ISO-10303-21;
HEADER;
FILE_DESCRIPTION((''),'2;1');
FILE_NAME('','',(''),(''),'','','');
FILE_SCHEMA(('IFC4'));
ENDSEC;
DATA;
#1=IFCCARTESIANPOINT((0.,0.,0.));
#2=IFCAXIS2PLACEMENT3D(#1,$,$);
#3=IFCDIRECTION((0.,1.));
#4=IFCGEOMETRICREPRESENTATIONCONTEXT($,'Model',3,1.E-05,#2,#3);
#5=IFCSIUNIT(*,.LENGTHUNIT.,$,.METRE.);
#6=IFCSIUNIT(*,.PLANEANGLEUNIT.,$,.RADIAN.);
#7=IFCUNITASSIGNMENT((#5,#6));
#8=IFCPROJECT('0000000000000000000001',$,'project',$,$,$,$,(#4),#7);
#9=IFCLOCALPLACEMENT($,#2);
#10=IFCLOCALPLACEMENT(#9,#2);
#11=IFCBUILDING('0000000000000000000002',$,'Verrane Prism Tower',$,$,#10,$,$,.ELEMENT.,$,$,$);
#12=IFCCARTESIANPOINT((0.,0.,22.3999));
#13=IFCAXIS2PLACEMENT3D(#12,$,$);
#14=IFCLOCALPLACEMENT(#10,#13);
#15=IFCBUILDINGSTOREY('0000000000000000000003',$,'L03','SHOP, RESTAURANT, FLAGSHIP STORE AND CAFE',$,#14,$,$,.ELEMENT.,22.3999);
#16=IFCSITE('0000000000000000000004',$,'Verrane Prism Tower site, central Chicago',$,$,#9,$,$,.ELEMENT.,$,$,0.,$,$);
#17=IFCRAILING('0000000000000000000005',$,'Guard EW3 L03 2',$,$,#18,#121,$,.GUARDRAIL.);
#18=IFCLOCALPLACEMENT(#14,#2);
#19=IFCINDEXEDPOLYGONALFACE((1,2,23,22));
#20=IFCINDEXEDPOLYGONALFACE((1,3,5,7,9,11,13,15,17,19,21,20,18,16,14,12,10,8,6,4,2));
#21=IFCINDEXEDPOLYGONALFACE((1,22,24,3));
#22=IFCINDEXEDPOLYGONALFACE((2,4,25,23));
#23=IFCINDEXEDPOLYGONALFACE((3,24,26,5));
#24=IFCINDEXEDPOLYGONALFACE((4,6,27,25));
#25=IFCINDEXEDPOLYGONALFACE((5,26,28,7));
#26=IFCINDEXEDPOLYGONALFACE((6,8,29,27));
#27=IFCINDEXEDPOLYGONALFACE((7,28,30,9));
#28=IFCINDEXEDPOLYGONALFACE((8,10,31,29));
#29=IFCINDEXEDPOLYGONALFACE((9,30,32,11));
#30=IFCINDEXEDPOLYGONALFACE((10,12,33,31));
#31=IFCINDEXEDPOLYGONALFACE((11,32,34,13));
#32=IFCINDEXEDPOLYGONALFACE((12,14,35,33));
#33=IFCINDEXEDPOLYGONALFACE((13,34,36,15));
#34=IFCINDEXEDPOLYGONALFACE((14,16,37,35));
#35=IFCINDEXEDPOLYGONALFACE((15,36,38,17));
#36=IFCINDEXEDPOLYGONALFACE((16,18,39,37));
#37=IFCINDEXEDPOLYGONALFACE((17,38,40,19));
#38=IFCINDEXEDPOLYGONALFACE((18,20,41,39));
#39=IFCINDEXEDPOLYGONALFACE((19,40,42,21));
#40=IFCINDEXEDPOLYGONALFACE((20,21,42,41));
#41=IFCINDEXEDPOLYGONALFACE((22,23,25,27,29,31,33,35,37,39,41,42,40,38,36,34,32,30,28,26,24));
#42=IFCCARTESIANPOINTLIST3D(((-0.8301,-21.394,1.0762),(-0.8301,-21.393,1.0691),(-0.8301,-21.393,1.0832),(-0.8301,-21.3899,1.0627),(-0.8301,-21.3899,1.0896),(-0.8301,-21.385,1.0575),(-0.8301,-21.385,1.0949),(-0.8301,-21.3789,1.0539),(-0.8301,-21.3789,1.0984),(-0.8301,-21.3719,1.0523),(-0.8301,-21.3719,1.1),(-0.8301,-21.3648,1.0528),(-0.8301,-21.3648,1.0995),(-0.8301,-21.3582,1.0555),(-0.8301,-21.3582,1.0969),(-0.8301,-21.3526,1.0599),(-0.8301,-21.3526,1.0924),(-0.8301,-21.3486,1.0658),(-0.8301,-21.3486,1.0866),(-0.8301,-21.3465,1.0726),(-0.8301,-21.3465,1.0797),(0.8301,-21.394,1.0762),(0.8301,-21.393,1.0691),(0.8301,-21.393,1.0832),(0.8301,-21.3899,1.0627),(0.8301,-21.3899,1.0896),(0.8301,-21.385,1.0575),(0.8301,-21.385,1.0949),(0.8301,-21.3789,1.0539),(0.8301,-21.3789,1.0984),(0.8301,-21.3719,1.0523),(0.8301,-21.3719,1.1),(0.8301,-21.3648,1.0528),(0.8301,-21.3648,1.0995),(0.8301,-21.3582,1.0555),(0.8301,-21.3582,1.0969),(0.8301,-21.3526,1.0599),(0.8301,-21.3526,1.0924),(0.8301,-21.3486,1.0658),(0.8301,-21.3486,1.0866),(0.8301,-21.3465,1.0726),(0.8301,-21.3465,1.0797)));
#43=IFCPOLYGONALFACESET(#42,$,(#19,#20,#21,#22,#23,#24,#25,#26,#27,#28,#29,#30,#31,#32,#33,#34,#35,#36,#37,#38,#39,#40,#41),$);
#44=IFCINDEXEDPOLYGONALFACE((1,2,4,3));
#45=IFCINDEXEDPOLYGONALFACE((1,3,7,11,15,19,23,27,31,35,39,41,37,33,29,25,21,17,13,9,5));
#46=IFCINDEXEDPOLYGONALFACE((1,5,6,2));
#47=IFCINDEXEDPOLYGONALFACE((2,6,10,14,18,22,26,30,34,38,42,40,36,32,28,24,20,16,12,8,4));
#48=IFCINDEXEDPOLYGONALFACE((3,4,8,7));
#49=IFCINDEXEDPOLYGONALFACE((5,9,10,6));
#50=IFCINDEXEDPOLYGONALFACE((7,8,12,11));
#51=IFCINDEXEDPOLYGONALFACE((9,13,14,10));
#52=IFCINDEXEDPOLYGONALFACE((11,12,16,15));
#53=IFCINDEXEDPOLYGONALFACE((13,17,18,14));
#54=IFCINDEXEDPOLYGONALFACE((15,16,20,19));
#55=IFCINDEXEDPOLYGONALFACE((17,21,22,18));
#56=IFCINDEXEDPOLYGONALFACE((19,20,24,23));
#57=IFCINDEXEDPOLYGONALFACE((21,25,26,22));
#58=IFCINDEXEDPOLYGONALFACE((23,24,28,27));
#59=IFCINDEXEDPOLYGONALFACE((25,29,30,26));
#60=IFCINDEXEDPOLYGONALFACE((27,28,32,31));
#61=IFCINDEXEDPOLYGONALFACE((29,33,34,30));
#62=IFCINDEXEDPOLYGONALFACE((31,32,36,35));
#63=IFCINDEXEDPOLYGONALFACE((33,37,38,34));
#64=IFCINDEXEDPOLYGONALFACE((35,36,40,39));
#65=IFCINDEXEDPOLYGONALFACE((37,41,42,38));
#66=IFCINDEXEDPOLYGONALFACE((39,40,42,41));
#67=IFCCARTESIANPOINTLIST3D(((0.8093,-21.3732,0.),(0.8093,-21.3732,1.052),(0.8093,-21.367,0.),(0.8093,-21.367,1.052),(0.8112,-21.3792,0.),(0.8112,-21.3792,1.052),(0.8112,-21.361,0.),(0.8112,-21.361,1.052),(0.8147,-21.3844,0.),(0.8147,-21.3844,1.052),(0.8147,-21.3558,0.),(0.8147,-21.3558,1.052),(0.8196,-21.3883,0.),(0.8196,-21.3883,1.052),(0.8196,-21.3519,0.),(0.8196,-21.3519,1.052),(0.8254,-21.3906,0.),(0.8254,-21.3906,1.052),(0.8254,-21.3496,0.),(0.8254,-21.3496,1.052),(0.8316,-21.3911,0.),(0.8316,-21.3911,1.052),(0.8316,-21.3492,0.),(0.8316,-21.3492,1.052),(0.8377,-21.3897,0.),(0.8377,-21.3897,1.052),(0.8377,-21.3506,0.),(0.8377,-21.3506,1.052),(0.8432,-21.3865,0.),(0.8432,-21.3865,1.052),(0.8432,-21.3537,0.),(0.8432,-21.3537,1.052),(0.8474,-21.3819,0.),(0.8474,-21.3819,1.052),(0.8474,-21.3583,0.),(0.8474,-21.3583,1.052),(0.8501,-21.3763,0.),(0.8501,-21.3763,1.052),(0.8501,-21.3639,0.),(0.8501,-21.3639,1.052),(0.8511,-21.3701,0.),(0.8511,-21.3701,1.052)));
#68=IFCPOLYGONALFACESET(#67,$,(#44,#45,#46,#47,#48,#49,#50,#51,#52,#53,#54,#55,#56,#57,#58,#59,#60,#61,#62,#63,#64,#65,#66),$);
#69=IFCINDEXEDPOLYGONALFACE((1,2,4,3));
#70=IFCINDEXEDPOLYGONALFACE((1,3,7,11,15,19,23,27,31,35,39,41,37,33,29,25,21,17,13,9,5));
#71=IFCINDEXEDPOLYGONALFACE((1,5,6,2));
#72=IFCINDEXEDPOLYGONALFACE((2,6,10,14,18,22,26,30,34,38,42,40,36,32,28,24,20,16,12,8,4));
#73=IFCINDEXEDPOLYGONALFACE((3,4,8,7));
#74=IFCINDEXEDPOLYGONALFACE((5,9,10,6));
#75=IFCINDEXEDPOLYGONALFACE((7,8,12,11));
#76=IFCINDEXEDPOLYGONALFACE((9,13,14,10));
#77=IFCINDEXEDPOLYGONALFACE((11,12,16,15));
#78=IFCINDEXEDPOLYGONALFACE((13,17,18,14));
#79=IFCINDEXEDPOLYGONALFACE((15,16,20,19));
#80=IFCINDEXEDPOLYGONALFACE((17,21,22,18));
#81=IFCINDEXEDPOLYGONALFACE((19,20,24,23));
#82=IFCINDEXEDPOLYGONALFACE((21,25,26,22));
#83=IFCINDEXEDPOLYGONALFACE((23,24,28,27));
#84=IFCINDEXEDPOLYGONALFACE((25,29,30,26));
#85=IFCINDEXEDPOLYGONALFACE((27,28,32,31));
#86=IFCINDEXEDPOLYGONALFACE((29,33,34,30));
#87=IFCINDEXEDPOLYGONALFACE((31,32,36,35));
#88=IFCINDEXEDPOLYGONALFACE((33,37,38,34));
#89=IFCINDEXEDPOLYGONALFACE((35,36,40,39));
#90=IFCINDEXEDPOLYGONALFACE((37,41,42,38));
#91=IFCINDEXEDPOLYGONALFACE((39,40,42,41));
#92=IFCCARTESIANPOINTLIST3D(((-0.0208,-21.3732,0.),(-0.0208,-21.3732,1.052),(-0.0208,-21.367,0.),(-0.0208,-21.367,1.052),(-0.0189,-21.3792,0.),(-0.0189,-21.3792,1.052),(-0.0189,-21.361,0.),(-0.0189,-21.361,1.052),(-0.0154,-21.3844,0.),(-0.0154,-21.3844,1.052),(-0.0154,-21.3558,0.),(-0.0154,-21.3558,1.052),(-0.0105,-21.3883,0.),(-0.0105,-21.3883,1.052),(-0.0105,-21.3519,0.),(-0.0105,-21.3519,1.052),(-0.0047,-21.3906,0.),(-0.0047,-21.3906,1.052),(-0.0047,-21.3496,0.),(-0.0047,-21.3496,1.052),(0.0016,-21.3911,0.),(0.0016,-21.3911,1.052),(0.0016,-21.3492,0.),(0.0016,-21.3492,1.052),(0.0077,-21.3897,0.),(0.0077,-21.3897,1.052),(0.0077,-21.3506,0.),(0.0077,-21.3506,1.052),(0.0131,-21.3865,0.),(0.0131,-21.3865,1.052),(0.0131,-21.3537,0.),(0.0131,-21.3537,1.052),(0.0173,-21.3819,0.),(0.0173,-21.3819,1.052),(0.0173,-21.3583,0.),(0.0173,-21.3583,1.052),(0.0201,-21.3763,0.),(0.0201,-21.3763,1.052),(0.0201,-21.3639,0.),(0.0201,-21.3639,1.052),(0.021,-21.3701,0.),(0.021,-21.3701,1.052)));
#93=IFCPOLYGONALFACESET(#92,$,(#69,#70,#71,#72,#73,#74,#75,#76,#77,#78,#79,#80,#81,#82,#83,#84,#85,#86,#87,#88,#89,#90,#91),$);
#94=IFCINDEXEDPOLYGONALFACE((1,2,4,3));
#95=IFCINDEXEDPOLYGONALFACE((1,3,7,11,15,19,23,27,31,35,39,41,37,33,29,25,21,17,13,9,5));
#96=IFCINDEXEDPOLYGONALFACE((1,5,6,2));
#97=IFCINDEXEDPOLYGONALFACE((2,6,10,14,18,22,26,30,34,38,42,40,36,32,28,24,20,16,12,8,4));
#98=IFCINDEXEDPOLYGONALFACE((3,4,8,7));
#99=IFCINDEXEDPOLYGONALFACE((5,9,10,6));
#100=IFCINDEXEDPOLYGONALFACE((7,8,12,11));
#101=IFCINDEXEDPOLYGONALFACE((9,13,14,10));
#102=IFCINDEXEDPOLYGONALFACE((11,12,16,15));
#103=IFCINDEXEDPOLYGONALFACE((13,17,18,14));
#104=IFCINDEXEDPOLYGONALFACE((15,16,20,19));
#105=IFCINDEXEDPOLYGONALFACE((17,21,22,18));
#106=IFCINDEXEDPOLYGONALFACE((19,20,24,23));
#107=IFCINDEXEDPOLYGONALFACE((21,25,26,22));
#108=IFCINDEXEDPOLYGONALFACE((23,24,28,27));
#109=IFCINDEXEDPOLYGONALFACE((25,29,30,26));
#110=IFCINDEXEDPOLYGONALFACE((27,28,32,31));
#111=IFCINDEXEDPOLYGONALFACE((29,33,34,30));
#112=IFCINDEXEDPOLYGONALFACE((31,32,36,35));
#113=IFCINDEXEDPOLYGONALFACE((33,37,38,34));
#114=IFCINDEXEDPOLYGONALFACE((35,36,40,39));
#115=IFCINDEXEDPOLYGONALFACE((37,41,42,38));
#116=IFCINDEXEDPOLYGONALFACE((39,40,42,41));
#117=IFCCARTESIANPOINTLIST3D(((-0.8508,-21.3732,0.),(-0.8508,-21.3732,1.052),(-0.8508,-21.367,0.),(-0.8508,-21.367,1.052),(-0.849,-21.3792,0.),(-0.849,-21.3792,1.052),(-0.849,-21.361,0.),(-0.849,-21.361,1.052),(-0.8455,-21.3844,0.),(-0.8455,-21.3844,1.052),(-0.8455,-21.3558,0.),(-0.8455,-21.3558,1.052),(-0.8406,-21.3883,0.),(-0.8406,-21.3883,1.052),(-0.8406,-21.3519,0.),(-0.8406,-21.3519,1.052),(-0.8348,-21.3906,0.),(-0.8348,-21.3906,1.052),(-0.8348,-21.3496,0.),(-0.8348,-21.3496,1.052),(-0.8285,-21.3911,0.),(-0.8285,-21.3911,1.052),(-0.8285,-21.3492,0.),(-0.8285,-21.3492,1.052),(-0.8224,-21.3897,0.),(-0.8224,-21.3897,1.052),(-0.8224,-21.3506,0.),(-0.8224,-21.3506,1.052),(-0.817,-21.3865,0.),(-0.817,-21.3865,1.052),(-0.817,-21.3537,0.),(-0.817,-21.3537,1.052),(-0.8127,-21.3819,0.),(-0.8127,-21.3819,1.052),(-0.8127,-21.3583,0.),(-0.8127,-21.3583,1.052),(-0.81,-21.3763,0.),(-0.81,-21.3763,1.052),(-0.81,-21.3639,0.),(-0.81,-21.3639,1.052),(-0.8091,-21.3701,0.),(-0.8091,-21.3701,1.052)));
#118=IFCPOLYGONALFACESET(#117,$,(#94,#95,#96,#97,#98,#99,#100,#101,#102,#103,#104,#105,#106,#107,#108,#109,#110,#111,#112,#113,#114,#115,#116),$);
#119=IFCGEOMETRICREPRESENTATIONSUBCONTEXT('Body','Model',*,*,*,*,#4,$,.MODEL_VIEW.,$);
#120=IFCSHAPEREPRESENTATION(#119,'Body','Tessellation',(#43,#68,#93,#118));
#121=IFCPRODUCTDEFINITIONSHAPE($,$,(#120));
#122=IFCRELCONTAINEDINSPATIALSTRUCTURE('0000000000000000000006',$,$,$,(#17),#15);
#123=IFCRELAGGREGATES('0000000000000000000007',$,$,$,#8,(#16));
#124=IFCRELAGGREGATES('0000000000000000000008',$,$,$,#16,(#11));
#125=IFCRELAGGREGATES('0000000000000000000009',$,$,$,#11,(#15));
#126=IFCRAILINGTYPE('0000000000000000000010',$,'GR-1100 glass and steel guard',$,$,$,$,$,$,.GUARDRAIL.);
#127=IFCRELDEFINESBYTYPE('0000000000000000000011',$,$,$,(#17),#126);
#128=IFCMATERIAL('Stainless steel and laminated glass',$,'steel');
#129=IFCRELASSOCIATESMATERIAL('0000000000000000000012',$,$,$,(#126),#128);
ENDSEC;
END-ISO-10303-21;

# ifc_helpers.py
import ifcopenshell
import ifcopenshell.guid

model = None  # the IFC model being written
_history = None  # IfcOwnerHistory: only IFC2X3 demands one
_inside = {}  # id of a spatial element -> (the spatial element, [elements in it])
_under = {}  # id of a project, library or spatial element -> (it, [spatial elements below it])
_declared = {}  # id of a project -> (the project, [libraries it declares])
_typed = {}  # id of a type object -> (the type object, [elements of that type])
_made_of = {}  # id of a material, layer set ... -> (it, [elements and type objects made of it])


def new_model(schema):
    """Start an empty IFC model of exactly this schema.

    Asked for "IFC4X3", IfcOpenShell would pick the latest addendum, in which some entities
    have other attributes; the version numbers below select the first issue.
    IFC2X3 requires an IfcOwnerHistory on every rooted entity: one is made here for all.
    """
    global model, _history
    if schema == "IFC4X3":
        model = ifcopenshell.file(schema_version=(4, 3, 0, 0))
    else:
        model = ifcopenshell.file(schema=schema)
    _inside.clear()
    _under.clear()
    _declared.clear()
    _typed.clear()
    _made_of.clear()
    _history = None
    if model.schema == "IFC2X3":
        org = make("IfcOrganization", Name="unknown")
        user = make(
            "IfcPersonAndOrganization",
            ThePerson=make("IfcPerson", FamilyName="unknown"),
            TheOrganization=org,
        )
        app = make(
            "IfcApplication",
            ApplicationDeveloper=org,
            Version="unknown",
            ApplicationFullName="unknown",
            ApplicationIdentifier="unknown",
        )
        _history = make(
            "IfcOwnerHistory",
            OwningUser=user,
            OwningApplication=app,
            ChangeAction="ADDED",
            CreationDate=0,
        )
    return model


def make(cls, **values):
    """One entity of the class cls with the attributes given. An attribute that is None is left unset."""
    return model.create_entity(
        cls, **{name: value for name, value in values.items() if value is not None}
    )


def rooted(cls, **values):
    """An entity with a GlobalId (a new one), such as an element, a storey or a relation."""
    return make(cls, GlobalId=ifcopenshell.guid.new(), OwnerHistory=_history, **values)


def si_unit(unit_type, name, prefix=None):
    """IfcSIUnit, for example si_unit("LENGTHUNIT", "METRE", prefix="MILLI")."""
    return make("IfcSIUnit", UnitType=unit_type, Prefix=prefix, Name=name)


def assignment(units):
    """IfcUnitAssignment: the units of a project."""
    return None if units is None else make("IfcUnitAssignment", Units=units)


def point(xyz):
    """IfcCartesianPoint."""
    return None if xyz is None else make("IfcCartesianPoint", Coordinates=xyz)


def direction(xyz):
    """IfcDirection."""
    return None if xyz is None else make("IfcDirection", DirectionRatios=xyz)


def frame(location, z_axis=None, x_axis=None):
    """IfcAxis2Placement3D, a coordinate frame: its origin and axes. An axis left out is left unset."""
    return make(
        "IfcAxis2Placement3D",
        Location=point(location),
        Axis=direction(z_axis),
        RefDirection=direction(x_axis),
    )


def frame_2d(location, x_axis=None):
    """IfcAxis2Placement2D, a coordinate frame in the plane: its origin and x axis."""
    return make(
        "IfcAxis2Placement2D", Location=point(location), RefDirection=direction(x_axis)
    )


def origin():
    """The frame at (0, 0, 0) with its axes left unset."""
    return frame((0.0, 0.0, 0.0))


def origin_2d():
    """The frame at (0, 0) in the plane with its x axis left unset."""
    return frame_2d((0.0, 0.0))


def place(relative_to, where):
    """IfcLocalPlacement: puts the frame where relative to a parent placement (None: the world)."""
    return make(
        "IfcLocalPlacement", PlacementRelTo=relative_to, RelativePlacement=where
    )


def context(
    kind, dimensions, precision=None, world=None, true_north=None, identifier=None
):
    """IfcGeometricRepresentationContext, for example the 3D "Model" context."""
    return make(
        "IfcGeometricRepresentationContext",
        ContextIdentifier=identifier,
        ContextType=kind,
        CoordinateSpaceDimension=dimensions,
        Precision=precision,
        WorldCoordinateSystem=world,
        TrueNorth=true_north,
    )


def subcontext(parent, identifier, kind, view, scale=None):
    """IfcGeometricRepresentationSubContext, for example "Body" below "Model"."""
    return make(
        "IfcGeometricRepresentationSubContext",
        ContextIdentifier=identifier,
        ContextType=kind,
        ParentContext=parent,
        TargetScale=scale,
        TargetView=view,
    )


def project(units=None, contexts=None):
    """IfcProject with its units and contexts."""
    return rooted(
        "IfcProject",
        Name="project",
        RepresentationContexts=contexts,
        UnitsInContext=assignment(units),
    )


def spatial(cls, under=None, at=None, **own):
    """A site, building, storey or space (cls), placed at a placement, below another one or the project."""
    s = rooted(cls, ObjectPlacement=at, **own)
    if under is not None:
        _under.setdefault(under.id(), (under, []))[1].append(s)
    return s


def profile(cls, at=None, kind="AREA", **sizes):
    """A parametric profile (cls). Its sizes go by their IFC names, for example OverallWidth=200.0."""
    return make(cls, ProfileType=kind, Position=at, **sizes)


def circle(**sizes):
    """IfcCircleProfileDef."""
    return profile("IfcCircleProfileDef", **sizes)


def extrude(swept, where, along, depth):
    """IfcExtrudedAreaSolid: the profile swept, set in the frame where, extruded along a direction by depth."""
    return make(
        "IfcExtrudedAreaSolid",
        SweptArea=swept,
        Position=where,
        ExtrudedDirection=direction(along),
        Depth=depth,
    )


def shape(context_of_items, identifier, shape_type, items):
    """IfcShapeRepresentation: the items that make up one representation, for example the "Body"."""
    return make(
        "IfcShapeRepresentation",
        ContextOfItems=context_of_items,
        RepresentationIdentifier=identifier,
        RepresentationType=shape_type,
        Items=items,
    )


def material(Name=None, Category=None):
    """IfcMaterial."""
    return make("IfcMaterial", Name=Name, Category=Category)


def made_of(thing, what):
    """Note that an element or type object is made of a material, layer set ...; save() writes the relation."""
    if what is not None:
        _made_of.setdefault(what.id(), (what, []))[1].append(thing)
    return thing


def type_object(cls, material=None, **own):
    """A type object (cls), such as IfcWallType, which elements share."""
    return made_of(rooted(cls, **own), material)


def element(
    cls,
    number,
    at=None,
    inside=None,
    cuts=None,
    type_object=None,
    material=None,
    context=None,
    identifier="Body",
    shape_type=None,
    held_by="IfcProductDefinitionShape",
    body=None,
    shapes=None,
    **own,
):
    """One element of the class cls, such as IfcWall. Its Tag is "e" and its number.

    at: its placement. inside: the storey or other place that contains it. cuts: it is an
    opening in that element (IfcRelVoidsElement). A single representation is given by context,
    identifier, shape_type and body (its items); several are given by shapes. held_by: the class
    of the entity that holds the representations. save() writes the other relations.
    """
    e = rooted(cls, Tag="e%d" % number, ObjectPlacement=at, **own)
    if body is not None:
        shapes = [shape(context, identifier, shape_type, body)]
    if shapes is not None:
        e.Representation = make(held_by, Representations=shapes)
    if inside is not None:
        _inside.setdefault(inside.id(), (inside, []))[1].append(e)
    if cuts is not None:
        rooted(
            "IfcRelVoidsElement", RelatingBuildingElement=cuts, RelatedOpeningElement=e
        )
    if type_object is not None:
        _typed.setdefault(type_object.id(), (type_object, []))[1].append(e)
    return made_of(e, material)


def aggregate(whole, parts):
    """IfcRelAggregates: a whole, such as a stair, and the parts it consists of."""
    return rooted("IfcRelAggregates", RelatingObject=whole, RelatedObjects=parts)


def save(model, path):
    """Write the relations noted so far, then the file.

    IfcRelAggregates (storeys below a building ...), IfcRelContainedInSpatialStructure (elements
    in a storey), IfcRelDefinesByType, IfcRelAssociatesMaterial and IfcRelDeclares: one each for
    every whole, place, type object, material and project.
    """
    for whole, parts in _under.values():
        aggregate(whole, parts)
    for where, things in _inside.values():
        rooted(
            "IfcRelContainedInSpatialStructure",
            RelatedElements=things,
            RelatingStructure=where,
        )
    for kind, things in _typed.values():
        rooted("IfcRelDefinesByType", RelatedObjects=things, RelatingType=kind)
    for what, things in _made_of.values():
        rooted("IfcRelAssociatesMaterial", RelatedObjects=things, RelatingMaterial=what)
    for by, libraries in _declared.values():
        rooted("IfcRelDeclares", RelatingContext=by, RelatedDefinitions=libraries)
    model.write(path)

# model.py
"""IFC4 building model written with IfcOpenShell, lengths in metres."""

from ifc_helpers import new_model, si_unit, direction, frame, origin, origin_2d, place, context, subcontext, project, spatial, circle, extrude, material, type_object, element, save


model = new_model("IFC4")

# Units and contexts
model_context = context("Model", 3, precision=1e-05, world=origin(), true_north=direction((0.0, 1.0)))
body_context = subcontext(model_context, "Body", "Model", "MODEL_VIEW")
ifc_project = project(units=[si_unit("LENGTHUNIT", "METRE"), si_unit("PLANEANGLEUNIT", "RADIAN")], contexts=[model_context])

# Site, building, storey
site_placement = place(None, origin())
site = spatial("IfcSite", under=ifc_project, at=site_placement, Name="Verrane Prism Tower site, central Chicago", CompositionType="ELEMENT", RefElevation=0.0)
building_placement = place(site_placement, origin())
building = spatial("IfcBuilding", under=site, at=building_placement, Name="Verrane Prism Tower", CompositionType="ELEMENT")
storey_placement = place(building_placement, frame((0.0, 0.0, 22.3999)))
storey = spatial("IfcBuildingStorey", under=building, at=storey_placement, Name="L03", Description="SHOP, RESTAURANT, FLAGSHIP STORE AND CAFE", CompositionType="ELEMENT", Elevation=22.3999)

# Railing
ifc_material_1 = material(Name="Stainless steel and laminated glass", Category="steel")
railing_type = type_object("IfcRailingType", Name="GR-1100 glass and steel guard", PredefinedType="GUARDRAIL", material=ifc_material_1)
railing_placement = place(storey_placement, frame((0.8301, -21.3701, 0.0)))
element("IfcRailing", 1, at=railing_placement, inside=storey, type_object=railing_type, Name="Guard EW3 L03 2", PredefinedType="GUARDRAIL", context=body_context, shape_type="SweptSolid", body=[
    extrude(circle(Radius=0.0239, at=origin_2d()), frame((0.0, 0.0, 1.0762), z_axis=(-1.0, 0.0, 0.0), x_axis=(0.0, -1.0, 0.0)), (0.0, 0.0, 1.0), 1.6602),
    extrude(circle(Radius=0.021, at=origin_2d()), origin(), (0.0, 0.0, 1.0), 1.052),
    extrude(circle(Radius=0.021, at=origin_2d()), frame((-0.8301, 0.0, 0.0)), (0.0, 0.0, 1.0), 1.052),
    extrude(circle(Radius=0.021, at=origin_2d()), frame((-1.6602, 0.0, 0.0)), (0.0, 0.0, 1.0), 1.052),
])

save(model, "model.ifc")
